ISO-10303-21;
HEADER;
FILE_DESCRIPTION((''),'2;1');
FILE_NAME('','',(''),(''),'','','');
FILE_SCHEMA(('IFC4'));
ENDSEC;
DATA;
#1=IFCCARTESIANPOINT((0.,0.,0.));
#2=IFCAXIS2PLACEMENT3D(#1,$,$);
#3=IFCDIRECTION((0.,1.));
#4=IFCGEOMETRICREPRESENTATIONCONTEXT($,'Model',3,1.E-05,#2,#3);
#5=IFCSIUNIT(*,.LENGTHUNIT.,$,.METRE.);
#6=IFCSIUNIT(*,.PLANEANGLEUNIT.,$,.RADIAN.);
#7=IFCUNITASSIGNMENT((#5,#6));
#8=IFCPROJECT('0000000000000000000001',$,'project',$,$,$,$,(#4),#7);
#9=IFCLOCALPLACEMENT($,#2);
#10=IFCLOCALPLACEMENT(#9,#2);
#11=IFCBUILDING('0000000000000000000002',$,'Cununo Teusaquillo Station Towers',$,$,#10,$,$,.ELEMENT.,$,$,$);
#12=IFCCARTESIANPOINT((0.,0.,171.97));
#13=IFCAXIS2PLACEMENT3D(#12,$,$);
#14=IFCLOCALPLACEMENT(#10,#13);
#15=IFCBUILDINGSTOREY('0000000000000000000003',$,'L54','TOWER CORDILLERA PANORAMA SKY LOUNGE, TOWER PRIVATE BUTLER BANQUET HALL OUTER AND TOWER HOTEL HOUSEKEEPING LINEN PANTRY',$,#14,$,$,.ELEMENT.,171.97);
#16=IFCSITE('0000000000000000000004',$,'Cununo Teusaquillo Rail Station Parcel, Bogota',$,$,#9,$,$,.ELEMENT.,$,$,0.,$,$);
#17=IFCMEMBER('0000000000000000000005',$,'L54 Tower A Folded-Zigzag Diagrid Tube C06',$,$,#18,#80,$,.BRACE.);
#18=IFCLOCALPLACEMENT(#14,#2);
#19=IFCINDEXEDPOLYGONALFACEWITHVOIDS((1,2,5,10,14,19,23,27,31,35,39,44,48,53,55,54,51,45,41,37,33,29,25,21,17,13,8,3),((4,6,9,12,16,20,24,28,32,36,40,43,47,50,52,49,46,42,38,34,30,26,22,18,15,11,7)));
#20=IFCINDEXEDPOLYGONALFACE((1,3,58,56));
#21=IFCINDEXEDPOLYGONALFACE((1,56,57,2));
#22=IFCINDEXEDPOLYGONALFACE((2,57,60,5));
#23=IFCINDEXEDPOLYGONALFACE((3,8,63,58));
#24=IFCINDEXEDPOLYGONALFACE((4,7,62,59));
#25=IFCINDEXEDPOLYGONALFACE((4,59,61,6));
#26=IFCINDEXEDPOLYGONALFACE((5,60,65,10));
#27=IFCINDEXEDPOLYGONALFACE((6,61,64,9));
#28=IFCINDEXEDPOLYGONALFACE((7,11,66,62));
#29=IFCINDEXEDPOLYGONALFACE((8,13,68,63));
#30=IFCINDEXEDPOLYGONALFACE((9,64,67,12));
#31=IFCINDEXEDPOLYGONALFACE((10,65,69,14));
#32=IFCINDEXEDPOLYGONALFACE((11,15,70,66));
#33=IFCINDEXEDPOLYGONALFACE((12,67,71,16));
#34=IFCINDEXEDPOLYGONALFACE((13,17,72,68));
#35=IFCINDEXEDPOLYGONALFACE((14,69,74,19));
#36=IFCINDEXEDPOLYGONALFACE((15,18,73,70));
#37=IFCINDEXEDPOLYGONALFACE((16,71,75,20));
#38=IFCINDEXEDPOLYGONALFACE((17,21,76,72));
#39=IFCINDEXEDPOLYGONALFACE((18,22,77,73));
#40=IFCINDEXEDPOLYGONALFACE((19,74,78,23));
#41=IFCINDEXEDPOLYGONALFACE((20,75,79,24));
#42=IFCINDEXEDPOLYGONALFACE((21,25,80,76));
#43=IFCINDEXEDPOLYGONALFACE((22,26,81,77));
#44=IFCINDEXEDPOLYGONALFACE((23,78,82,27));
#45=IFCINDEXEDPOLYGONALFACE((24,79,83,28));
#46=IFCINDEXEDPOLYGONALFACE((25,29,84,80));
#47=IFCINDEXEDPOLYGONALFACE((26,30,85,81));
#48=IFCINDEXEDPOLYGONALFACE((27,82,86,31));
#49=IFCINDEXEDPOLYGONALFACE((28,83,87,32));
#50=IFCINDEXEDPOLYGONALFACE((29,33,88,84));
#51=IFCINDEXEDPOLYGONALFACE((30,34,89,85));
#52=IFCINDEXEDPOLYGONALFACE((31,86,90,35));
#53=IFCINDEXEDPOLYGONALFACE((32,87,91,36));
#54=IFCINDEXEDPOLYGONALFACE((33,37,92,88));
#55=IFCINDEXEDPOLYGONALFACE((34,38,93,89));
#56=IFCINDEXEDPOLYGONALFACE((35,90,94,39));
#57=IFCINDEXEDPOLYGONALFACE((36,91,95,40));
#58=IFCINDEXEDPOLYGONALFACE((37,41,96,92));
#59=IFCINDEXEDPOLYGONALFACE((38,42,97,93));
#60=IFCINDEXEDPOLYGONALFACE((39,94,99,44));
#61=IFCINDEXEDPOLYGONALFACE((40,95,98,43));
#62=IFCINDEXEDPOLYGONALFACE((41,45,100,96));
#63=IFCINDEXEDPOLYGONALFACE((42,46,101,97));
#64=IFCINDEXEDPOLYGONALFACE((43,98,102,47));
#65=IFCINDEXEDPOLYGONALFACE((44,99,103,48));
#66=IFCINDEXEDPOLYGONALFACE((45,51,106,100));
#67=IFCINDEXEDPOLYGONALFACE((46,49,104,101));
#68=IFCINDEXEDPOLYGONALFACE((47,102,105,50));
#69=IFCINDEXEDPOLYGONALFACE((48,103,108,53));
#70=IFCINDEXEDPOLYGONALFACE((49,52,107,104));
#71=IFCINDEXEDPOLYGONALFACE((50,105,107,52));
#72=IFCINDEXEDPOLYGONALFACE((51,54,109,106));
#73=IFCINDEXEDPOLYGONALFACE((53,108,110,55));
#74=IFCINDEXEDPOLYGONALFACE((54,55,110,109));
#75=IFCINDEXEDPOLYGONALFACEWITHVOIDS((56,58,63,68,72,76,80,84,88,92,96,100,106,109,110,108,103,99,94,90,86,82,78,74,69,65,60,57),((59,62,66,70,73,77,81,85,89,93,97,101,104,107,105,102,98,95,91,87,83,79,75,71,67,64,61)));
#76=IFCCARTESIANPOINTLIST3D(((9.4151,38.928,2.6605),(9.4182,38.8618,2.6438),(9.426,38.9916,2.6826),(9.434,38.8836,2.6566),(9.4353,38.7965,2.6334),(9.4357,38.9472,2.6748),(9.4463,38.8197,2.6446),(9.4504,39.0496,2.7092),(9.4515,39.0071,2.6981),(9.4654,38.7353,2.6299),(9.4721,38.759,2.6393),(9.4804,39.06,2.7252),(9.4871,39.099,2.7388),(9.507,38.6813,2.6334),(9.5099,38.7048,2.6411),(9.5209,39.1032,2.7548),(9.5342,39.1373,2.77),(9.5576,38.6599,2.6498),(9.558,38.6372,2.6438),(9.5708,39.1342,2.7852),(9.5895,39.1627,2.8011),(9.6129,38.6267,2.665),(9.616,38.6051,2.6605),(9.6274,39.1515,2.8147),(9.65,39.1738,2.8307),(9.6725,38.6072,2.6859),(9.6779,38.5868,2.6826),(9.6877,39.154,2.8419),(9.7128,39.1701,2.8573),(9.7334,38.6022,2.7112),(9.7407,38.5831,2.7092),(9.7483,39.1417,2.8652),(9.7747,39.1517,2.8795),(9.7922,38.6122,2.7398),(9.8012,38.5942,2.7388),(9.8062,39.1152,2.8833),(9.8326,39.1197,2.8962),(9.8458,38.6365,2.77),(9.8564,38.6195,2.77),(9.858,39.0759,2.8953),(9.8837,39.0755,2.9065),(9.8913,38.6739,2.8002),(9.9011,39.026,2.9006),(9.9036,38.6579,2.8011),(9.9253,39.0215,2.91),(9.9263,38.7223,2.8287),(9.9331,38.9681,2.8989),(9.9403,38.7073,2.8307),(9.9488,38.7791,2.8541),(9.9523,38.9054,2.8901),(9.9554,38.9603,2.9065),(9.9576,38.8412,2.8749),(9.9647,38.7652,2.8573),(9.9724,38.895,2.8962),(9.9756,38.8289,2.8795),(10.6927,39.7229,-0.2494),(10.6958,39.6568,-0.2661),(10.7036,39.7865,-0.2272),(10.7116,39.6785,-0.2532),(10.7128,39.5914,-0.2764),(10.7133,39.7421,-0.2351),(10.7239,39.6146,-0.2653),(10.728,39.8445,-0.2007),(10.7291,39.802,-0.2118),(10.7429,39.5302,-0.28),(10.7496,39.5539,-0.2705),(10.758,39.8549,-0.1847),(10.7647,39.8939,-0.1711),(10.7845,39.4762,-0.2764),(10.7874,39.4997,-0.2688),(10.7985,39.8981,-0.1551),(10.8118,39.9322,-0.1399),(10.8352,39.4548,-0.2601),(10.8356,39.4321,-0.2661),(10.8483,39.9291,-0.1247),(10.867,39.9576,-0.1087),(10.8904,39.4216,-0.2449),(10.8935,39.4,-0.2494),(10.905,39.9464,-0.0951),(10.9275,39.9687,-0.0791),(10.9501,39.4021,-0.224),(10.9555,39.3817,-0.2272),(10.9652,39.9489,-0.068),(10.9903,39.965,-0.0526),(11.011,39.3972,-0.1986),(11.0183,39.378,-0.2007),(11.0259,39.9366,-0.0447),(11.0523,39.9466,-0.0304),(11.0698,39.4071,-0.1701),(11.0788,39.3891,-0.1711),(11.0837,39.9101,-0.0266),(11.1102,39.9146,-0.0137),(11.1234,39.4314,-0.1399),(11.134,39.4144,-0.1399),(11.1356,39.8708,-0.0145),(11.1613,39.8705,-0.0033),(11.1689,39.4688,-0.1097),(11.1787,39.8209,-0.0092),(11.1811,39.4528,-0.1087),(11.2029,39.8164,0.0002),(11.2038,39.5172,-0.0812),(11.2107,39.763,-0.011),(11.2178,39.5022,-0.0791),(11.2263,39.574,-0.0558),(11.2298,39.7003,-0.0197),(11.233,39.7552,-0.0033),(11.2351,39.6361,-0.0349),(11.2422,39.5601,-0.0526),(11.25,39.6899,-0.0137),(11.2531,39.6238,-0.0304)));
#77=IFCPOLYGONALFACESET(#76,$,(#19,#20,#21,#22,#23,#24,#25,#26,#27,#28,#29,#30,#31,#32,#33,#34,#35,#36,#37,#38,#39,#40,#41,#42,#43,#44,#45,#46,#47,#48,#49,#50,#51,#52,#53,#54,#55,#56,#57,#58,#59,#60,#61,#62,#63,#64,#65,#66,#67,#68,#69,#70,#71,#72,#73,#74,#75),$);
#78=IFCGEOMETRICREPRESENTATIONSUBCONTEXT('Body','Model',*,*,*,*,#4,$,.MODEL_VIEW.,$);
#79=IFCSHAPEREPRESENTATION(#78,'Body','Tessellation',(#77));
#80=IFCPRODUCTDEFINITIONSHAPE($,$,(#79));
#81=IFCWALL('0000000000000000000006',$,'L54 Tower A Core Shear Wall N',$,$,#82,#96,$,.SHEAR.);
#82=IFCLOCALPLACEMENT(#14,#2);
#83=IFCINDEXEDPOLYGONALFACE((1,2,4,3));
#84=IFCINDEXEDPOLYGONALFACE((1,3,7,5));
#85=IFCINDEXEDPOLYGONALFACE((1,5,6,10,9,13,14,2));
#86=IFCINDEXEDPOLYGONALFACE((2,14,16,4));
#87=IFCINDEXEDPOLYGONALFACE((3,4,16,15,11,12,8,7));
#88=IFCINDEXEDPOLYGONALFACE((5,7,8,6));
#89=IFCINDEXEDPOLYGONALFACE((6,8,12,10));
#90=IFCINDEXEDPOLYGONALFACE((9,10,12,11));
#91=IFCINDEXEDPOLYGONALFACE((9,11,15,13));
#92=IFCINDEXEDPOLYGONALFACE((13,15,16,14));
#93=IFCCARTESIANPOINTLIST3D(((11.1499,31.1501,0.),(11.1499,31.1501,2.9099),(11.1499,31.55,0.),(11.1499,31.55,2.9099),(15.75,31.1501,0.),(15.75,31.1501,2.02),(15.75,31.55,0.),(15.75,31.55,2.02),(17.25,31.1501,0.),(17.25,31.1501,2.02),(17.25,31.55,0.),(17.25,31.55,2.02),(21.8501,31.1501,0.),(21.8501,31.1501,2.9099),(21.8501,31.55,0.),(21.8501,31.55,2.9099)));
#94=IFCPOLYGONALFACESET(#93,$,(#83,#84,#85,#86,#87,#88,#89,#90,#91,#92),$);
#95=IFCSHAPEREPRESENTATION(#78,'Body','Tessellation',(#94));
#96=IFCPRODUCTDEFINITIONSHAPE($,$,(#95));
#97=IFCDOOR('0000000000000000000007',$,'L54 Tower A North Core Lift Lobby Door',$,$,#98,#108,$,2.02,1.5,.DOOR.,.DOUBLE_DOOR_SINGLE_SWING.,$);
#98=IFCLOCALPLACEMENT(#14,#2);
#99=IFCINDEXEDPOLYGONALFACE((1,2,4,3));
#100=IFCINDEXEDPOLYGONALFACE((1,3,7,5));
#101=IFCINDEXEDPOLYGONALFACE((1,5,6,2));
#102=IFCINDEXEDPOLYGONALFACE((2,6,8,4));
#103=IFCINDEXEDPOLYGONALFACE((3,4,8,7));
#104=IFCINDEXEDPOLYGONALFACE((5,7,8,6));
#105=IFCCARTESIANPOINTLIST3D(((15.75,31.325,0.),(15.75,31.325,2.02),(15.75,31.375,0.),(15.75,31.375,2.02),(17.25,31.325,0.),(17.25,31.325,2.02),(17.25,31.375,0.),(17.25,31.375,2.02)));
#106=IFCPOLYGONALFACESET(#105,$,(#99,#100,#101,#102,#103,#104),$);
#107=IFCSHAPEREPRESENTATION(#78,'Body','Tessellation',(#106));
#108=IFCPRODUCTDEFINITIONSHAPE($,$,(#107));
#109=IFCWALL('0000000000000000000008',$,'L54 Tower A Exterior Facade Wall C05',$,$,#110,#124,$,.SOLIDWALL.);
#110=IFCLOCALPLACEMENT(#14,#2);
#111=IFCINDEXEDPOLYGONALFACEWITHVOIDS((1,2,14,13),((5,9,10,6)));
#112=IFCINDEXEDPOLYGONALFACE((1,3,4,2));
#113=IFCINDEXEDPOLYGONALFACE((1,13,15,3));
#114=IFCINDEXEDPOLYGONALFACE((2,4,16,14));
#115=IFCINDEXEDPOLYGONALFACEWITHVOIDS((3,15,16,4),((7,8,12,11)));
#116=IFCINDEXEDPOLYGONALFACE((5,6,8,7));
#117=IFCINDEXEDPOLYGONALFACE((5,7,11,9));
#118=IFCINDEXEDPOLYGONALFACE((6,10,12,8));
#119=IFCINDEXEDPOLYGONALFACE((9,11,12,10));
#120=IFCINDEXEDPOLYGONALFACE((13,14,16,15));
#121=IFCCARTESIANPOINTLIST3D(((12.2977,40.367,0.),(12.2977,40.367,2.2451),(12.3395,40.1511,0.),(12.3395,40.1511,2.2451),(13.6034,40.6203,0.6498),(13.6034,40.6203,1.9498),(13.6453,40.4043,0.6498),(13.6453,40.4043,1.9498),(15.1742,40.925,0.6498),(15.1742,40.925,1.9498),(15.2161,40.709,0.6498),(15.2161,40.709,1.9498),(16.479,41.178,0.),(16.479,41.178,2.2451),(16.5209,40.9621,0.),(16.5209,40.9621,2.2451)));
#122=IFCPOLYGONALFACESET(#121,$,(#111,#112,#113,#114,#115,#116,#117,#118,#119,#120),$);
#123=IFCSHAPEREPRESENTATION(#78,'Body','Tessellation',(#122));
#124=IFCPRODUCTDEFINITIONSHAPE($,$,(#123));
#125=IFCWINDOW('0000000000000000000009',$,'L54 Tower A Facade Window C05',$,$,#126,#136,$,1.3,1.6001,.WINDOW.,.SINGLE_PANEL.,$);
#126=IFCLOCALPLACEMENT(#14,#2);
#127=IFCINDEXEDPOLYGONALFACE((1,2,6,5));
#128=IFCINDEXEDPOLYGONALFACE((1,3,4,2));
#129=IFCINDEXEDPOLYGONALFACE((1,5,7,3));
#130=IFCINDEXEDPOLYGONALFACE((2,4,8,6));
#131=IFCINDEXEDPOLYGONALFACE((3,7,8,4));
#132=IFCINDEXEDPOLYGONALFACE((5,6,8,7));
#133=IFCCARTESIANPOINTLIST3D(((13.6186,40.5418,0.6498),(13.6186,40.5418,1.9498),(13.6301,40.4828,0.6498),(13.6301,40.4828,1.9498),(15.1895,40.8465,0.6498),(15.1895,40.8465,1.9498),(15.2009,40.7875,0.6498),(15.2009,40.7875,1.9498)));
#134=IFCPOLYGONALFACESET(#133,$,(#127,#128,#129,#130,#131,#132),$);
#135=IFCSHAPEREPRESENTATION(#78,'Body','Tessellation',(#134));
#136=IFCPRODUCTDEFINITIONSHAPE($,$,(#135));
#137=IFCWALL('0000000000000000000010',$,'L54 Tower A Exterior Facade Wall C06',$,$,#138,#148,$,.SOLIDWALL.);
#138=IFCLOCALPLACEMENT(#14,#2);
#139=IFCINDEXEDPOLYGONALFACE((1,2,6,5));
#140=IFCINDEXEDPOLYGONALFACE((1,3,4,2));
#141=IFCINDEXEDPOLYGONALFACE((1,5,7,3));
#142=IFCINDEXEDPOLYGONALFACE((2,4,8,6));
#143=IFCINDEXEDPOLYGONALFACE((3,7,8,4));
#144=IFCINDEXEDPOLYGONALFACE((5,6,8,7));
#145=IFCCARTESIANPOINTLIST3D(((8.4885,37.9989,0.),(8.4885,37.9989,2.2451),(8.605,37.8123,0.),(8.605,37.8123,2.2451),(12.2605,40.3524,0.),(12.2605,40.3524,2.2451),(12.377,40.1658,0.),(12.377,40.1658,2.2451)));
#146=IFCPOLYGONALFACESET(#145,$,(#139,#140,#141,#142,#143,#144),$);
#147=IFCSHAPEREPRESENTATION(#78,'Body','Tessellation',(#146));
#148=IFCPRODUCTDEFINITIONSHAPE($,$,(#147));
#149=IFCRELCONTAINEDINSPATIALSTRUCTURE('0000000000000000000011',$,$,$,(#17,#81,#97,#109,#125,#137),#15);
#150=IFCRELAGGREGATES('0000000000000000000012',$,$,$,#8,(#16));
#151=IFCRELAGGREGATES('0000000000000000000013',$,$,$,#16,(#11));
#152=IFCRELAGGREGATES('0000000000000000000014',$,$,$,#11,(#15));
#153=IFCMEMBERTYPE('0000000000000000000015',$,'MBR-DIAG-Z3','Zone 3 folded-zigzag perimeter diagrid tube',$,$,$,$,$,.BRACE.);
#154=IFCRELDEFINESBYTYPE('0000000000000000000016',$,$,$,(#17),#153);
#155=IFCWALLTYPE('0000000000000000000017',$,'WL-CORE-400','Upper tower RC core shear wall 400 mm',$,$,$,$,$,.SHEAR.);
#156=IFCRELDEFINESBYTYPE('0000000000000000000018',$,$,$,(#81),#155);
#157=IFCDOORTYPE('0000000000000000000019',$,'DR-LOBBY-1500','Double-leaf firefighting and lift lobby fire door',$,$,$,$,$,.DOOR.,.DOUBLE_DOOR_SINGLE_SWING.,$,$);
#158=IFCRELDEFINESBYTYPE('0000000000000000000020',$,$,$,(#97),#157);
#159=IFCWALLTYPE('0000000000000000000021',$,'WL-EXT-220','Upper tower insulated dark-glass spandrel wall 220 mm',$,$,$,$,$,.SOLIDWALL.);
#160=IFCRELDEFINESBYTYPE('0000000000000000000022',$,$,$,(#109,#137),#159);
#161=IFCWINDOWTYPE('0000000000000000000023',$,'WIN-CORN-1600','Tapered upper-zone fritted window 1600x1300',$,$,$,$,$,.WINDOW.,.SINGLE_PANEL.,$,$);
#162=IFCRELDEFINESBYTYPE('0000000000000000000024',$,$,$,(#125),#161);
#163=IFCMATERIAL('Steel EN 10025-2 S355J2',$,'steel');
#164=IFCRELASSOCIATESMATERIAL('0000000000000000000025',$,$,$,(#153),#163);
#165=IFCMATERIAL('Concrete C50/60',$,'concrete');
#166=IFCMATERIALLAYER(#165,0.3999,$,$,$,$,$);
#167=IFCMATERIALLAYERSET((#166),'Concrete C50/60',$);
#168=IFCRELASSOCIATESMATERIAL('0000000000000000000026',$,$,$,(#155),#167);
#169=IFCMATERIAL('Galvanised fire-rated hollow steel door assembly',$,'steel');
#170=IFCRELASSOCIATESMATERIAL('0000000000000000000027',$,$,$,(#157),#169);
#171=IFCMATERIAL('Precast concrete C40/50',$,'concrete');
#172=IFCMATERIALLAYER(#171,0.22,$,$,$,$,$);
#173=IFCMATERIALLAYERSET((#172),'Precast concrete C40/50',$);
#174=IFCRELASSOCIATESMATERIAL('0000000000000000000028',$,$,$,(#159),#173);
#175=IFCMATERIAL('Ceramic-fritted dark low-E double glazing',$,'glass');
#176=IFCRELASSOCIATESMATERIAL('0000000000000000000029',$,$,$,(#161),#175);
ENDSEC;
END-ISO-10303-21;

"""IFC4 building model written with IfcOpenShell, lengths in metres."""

from ifc_helpers import new_model, si_unit, direction, frame, frame_2d, origin, origin_2d, place, context, subcontext, project, spatial, rectangle, hollow_circle, extrude, source, transform, mapped, material, layer, layer_set, material_profile, profile_set, type_object, element, fill, save


model = new_model("IFC4")

# Units and contexts
model_context = context("Model", 3, precision=1e-05, world=origin(), true_north=direction((0.0, 1.0)))
body_context = subcontext(model_context, "Body", "Model", "MODEL_VIEW")
ifc_project = project(units=[si_unit("LENGTHUNIT", "METRE"), si_unit("PLANEANGLEUNIT", "RADIAN")], contexts=[model_context])

# Site, building, storey
site_placement = place(None, origin())
site = spatial("IfcSite", under=ifc_project, at=site_placement, Name="Cununo Teusaquillo Rail Station Parcel, Bogota", CompositionType="ELEMENT", RefElevation=0.0)
building_placement = place(site_placement, origin())
building = spatial("IfcBuilding", under=site, at=building_placement, Name="Cununo Teusaquillo Station Towers", CompositionType="ELEMENT")
storey_placement = place(building_placement, frame((0.0, 0.0, 171.97)))
storey = spatial("IfcBuildingStorey", under=building, at=storey_placement, Name="L54", Description="TOWER CORDILLERA PANORAMA SKY LOUNGE, TOWER PRIVATE BUTLER BANQUET HALL OUTER AND TOWER HOTEL HOUSEKEEPING LINEN PANTRY", CompositionType="ELEMENT", Elevation=171.97)

# Member
ifc_material_1 = material(Name="Steel EN 10025-2 S355J2", Category="steel")
ifc_material_profile_1 = material_profile(ifc_material_1, hollow_circle(Radius=0.3049, WallThickness=0.02, at=origin_2d()), Name="CHS 610x20")
ifc_profile_set_1 = profile_set([ifc_material_profile_1], Name="Steel EN 10025-2 S355J2")
member_type = type_object("IfcMemberType", Name="MBR-DIAG-Z3", Description="Zone 3 folded-zigzag perimeter diagrid tube", PredefinedType="BRACE", material=ifc_profile_set_1)
member_placement = place(storey_placement, frame((10.9729, 39.6733, -0.1399), z_axis=(-0.389992, -0.242655, 0.88827), x_axis=(0.528291, -0.849063, 0.0)))
element("IfcMember", 1, at=member_placement, inside=storey, type_object=member_type, Name="L54 Tower A Folded-Zigzag Diagrid Tube C06", PredefinedType="BRACE", context=body_context, shape_type="SweptSolid", body=[
    extrude(hollow_circle(Radius=0.3049, WallThickness=0.02, at=origin_2d()), origin(), (0.0, 0.0, 1.0), 3.2759),
])

# Wall, opening, door
ifc_material_2 = material(Name="Concrete C50/60", Category="concrete")
ifc_layer_1 = layer(ifc_material_2, 0.3999)
ifc_layer_set_1 = layer_set([ifc_layer_1], Name="Concrete C50/60")
wall_type_1 = type_object("IfcWallType", Name="WL-CORE-400", Description="Upper tower RC core shear wall 400 mm", PredefinedType="SHEAR", material=ifc_layer_set_1)
wall_1_placement = place(storey_placement, frame((11.1499, 31.3501, 0.0), z_axis=(0.0, 0.0, 1.0), x_axis=(1.0, 0.0, 0.0)))
wall_1 = element("IfcWall", 2, at=wall_1_placement, inside=storey, type_object=wall_type_1, Name="L54 Tower A Core Shear Wall N", PredefinedType="SHEAR", context=body_context, shape_type="SweptSolid", body=[
    extrude(rectangle(XDim=10.7002, YDim=0.3999, at=frame_2d((5.3501, 0.0))), origin(), (0.0, 0.0, 1.0), 2.9099),
])
shared_shape_1 = source(origin(), body_context, "Body", "SweptSolid", [
    extrude(rectangle(XDim=1.5, YDim=2.02, at=frame_2d((0.75, 1.01))), frame((0.0, 0.21, 0.0), z_axis=(0.0, -1.0, 0.0), x_axis=(1.0, 0.0, 0.0)), (0.0, 0.0, 1.0), 0.4199),
])
opening_1_placement = place(wall_1_placement, frame((4.6001, 0.0, 0.0)))
opening_1 = element("IfcOpeningElement", 3, at=opening_1_placement, cuts=wall_1, PredefinedType="OPENING", context=body_context, shape_type="MappedRepresentation", body=[
    mapped(shared_shape_1, transform((0.0, 0.0, 0.0), x_axis=(1.0, 0.0, 0.0), y_axis=(0.0, 1.0, 0.0), z_axis=(0.0, 0.0, 1.0), scale=1.0)),
])
ifc_material_3 = material(Name="Galvanised fire-rated hollow steel door assembly", Category="steel")
door_type_1 = type_object("IfcDoorType", Name="DR-LOBBY-1500", Description="Double-leaf firefighting and lift lobby fire door", OperationType="DOUBLE_DOOR_SINGLE_SWING", PredefinedType="DOOR", material=ifc_material_3)
shared_shape_2 = source(origin(), body_context, "Body", "SweptSolid", [
    extrude(rectangle(XDim=1.5, YDim=2.02, at=frame_2d((0.75, 1.01))), frame((0.0, 0.0249, 0.0), z_axis=(0.0, -1.0, 0.0), x_axis=(1.0, 0.0, 0.0)), (0.0, 0.0, 1.0), 0.05),
])
door_1_placement = place(opening_1_placement, origin())
door_1 = element("IfcDoor", 4, at=door_1_placement, inside=storey, type_object=door_type_1, Name="L54 Tower A North Core Lift Lobby Door", OperationType="DOUBLE_DOOR_SINGLE_SWING", OverallHeight=2.02, OverallWidth=1.5, PredefinedType="DOOR", context=body_context, shape_type="MappedRepresentation", body=[
    mapped(shared_shape_2, transform((0.0, 0.0, 0.0), x_axis=(1.0, 0.0, 0.0), y_axis=(0.0, 1.0, 0.0), z_axis=(0.0, 0.0, 1.0), scale=1.0)),
])
fill(opening_1, door_1)

# Wall, opening, window
ifc_material_4 = material(Name="Precast concrete C40/50", Category="concrete")
ifc_layer_2 = layer(ifc_material_4, 0.22)
ifc_layer_set_2 = layer_set([ifc_layer_2], Name="Precast concrete C40/50")
wall_type_2 = type_object("IfcWallType", Name="WL-EXT-220", Description="Upper tower insulated dark-glass spandrel wall 220 mm", PredefinedType="SOLIDWALL", material=ifc_layer_set_2)
wall_2_placement = place(storey_placement, frame((12.3186, 40.259, 0.0), z_axis=(0.0, 0.0, 1.0), x_axis=(0.981704, 0.190414, 0.0)))
wall_2 = element("IfcWall", 5, at=wall_2_placement, inside=storey, type_object=wall_type_2, Name="L54 Tower A Exterior Facade Wall C05", PredefinedType="SOLIDWALL", context=body_context, shape_type="SweptSolid", body=[
    extrude(rectangle(XDim=4.2593, YDim=0.22, at=frame_2d((2.1296, 0.0))), origin(), (0.0, 0.0, 1.0), 2.2451),
])
shared_shape_3 = source(origin(), body_context, "Body", "SweptSolid", [
    extrude(rectangle(XDim=1.6001, YDim=1.3, at=frame_2d((0.8, 0.6499))), frame((0.0, 0.1199, 0.0), z_axis=(0.0, -1.0, 0.0), x_axis=(1.0, 0.0, 0.0)), (0.0, 0.0, 1.0), 0.24),
])
opening_2_placement = place(wall_2_placement, frame((1.3301, 0.0, 0.6499)))
opening_2 = element("IfcOpeningElement", 6, at=opening_2_placement, cuts=wall_2, PredefinedType="OPENING", context=body_context, shape_type="MappedRepresentation", body=[
    mapped(shared_shape_3, transform((0.0, 0.0, 0.0), x_axis=(1.0, 0.0, 0.0), y_axis=(0.0, 1.0, 0.0), z_axis=(0.0, 0.0, 1.0), scale=1.0)),
])
ifc_material_5 = material(Name="Ceramic-fritted dark low-E double glazing", Category="glass")
window_type = type_object("IfcWindowType", Name="WIN-CORN-1600", Description="Tapered upper-zone fritted window 1600x1300", PartitioningType="SINGLE_PANEL", PredefinedType="WINDOW", material=ifc_material_5)
shared_shape_4 = source(origin(), body_context, "Body", "SweptSolid", [
    extrude(rectangle(XDim=1.6001, YDim=1.3, at=frame_2d((0.8, 0.6499))), frame((0.0, 0.03, 0.0), z_axis=(0.0, -1.0, 0.0), x_axis=(1.0, 0.0, 0.0)), (0.0, 0.0, 1.0), 0.0601),
])
window_1_placement = place(opening_2_placement, origin())
window_1 = element("IfcWindow", 7, at=window_1_placement, inside=storey, type_object=window_type, Name="L54 Tower A Facade Window C05", OverallHeight=1.3, OverallWidth=1.6001, PartitioningType="SINGLE_PANEL", PredefinedType="WINDOW", context=body_context, shape_type="MappedRepresentation", body=[
    mapped(shared_shape_4, transform((0.0, 0.0, 0.0), x_axis=(1.0, 0.0, 0.0), y_axis=(0.0, 1.0, 0.0), z_axis=(0.0, 0.0, 1.0), scale=1.0)),
])
fill(opening_2, window_1)

# Wall
wall_3_placement = place(storey_placement, frame((8.5466, 37.9055, 0.0), z_axis=(0.0, 0.0, 1.0), x_axis=(0.848399, 0.529357, 0.0)))
element("IfcWall", 8, at=wall_3_placement, inside=storey, type_object=wall_type_2, Name="L54 Tower A Exterior Facade Wall C06", PredefinedType="SOLIDWALL", context=body_context, shape_type="SweptSolid", body=[
    extrude(rectangle(XDim=4.446, YDim=0.22, at=frame_2d((2.2231, 0.0))), origin(), (0.0, 0.0, 1.0), 2.2451),
])

save(model, "model.ifc")
